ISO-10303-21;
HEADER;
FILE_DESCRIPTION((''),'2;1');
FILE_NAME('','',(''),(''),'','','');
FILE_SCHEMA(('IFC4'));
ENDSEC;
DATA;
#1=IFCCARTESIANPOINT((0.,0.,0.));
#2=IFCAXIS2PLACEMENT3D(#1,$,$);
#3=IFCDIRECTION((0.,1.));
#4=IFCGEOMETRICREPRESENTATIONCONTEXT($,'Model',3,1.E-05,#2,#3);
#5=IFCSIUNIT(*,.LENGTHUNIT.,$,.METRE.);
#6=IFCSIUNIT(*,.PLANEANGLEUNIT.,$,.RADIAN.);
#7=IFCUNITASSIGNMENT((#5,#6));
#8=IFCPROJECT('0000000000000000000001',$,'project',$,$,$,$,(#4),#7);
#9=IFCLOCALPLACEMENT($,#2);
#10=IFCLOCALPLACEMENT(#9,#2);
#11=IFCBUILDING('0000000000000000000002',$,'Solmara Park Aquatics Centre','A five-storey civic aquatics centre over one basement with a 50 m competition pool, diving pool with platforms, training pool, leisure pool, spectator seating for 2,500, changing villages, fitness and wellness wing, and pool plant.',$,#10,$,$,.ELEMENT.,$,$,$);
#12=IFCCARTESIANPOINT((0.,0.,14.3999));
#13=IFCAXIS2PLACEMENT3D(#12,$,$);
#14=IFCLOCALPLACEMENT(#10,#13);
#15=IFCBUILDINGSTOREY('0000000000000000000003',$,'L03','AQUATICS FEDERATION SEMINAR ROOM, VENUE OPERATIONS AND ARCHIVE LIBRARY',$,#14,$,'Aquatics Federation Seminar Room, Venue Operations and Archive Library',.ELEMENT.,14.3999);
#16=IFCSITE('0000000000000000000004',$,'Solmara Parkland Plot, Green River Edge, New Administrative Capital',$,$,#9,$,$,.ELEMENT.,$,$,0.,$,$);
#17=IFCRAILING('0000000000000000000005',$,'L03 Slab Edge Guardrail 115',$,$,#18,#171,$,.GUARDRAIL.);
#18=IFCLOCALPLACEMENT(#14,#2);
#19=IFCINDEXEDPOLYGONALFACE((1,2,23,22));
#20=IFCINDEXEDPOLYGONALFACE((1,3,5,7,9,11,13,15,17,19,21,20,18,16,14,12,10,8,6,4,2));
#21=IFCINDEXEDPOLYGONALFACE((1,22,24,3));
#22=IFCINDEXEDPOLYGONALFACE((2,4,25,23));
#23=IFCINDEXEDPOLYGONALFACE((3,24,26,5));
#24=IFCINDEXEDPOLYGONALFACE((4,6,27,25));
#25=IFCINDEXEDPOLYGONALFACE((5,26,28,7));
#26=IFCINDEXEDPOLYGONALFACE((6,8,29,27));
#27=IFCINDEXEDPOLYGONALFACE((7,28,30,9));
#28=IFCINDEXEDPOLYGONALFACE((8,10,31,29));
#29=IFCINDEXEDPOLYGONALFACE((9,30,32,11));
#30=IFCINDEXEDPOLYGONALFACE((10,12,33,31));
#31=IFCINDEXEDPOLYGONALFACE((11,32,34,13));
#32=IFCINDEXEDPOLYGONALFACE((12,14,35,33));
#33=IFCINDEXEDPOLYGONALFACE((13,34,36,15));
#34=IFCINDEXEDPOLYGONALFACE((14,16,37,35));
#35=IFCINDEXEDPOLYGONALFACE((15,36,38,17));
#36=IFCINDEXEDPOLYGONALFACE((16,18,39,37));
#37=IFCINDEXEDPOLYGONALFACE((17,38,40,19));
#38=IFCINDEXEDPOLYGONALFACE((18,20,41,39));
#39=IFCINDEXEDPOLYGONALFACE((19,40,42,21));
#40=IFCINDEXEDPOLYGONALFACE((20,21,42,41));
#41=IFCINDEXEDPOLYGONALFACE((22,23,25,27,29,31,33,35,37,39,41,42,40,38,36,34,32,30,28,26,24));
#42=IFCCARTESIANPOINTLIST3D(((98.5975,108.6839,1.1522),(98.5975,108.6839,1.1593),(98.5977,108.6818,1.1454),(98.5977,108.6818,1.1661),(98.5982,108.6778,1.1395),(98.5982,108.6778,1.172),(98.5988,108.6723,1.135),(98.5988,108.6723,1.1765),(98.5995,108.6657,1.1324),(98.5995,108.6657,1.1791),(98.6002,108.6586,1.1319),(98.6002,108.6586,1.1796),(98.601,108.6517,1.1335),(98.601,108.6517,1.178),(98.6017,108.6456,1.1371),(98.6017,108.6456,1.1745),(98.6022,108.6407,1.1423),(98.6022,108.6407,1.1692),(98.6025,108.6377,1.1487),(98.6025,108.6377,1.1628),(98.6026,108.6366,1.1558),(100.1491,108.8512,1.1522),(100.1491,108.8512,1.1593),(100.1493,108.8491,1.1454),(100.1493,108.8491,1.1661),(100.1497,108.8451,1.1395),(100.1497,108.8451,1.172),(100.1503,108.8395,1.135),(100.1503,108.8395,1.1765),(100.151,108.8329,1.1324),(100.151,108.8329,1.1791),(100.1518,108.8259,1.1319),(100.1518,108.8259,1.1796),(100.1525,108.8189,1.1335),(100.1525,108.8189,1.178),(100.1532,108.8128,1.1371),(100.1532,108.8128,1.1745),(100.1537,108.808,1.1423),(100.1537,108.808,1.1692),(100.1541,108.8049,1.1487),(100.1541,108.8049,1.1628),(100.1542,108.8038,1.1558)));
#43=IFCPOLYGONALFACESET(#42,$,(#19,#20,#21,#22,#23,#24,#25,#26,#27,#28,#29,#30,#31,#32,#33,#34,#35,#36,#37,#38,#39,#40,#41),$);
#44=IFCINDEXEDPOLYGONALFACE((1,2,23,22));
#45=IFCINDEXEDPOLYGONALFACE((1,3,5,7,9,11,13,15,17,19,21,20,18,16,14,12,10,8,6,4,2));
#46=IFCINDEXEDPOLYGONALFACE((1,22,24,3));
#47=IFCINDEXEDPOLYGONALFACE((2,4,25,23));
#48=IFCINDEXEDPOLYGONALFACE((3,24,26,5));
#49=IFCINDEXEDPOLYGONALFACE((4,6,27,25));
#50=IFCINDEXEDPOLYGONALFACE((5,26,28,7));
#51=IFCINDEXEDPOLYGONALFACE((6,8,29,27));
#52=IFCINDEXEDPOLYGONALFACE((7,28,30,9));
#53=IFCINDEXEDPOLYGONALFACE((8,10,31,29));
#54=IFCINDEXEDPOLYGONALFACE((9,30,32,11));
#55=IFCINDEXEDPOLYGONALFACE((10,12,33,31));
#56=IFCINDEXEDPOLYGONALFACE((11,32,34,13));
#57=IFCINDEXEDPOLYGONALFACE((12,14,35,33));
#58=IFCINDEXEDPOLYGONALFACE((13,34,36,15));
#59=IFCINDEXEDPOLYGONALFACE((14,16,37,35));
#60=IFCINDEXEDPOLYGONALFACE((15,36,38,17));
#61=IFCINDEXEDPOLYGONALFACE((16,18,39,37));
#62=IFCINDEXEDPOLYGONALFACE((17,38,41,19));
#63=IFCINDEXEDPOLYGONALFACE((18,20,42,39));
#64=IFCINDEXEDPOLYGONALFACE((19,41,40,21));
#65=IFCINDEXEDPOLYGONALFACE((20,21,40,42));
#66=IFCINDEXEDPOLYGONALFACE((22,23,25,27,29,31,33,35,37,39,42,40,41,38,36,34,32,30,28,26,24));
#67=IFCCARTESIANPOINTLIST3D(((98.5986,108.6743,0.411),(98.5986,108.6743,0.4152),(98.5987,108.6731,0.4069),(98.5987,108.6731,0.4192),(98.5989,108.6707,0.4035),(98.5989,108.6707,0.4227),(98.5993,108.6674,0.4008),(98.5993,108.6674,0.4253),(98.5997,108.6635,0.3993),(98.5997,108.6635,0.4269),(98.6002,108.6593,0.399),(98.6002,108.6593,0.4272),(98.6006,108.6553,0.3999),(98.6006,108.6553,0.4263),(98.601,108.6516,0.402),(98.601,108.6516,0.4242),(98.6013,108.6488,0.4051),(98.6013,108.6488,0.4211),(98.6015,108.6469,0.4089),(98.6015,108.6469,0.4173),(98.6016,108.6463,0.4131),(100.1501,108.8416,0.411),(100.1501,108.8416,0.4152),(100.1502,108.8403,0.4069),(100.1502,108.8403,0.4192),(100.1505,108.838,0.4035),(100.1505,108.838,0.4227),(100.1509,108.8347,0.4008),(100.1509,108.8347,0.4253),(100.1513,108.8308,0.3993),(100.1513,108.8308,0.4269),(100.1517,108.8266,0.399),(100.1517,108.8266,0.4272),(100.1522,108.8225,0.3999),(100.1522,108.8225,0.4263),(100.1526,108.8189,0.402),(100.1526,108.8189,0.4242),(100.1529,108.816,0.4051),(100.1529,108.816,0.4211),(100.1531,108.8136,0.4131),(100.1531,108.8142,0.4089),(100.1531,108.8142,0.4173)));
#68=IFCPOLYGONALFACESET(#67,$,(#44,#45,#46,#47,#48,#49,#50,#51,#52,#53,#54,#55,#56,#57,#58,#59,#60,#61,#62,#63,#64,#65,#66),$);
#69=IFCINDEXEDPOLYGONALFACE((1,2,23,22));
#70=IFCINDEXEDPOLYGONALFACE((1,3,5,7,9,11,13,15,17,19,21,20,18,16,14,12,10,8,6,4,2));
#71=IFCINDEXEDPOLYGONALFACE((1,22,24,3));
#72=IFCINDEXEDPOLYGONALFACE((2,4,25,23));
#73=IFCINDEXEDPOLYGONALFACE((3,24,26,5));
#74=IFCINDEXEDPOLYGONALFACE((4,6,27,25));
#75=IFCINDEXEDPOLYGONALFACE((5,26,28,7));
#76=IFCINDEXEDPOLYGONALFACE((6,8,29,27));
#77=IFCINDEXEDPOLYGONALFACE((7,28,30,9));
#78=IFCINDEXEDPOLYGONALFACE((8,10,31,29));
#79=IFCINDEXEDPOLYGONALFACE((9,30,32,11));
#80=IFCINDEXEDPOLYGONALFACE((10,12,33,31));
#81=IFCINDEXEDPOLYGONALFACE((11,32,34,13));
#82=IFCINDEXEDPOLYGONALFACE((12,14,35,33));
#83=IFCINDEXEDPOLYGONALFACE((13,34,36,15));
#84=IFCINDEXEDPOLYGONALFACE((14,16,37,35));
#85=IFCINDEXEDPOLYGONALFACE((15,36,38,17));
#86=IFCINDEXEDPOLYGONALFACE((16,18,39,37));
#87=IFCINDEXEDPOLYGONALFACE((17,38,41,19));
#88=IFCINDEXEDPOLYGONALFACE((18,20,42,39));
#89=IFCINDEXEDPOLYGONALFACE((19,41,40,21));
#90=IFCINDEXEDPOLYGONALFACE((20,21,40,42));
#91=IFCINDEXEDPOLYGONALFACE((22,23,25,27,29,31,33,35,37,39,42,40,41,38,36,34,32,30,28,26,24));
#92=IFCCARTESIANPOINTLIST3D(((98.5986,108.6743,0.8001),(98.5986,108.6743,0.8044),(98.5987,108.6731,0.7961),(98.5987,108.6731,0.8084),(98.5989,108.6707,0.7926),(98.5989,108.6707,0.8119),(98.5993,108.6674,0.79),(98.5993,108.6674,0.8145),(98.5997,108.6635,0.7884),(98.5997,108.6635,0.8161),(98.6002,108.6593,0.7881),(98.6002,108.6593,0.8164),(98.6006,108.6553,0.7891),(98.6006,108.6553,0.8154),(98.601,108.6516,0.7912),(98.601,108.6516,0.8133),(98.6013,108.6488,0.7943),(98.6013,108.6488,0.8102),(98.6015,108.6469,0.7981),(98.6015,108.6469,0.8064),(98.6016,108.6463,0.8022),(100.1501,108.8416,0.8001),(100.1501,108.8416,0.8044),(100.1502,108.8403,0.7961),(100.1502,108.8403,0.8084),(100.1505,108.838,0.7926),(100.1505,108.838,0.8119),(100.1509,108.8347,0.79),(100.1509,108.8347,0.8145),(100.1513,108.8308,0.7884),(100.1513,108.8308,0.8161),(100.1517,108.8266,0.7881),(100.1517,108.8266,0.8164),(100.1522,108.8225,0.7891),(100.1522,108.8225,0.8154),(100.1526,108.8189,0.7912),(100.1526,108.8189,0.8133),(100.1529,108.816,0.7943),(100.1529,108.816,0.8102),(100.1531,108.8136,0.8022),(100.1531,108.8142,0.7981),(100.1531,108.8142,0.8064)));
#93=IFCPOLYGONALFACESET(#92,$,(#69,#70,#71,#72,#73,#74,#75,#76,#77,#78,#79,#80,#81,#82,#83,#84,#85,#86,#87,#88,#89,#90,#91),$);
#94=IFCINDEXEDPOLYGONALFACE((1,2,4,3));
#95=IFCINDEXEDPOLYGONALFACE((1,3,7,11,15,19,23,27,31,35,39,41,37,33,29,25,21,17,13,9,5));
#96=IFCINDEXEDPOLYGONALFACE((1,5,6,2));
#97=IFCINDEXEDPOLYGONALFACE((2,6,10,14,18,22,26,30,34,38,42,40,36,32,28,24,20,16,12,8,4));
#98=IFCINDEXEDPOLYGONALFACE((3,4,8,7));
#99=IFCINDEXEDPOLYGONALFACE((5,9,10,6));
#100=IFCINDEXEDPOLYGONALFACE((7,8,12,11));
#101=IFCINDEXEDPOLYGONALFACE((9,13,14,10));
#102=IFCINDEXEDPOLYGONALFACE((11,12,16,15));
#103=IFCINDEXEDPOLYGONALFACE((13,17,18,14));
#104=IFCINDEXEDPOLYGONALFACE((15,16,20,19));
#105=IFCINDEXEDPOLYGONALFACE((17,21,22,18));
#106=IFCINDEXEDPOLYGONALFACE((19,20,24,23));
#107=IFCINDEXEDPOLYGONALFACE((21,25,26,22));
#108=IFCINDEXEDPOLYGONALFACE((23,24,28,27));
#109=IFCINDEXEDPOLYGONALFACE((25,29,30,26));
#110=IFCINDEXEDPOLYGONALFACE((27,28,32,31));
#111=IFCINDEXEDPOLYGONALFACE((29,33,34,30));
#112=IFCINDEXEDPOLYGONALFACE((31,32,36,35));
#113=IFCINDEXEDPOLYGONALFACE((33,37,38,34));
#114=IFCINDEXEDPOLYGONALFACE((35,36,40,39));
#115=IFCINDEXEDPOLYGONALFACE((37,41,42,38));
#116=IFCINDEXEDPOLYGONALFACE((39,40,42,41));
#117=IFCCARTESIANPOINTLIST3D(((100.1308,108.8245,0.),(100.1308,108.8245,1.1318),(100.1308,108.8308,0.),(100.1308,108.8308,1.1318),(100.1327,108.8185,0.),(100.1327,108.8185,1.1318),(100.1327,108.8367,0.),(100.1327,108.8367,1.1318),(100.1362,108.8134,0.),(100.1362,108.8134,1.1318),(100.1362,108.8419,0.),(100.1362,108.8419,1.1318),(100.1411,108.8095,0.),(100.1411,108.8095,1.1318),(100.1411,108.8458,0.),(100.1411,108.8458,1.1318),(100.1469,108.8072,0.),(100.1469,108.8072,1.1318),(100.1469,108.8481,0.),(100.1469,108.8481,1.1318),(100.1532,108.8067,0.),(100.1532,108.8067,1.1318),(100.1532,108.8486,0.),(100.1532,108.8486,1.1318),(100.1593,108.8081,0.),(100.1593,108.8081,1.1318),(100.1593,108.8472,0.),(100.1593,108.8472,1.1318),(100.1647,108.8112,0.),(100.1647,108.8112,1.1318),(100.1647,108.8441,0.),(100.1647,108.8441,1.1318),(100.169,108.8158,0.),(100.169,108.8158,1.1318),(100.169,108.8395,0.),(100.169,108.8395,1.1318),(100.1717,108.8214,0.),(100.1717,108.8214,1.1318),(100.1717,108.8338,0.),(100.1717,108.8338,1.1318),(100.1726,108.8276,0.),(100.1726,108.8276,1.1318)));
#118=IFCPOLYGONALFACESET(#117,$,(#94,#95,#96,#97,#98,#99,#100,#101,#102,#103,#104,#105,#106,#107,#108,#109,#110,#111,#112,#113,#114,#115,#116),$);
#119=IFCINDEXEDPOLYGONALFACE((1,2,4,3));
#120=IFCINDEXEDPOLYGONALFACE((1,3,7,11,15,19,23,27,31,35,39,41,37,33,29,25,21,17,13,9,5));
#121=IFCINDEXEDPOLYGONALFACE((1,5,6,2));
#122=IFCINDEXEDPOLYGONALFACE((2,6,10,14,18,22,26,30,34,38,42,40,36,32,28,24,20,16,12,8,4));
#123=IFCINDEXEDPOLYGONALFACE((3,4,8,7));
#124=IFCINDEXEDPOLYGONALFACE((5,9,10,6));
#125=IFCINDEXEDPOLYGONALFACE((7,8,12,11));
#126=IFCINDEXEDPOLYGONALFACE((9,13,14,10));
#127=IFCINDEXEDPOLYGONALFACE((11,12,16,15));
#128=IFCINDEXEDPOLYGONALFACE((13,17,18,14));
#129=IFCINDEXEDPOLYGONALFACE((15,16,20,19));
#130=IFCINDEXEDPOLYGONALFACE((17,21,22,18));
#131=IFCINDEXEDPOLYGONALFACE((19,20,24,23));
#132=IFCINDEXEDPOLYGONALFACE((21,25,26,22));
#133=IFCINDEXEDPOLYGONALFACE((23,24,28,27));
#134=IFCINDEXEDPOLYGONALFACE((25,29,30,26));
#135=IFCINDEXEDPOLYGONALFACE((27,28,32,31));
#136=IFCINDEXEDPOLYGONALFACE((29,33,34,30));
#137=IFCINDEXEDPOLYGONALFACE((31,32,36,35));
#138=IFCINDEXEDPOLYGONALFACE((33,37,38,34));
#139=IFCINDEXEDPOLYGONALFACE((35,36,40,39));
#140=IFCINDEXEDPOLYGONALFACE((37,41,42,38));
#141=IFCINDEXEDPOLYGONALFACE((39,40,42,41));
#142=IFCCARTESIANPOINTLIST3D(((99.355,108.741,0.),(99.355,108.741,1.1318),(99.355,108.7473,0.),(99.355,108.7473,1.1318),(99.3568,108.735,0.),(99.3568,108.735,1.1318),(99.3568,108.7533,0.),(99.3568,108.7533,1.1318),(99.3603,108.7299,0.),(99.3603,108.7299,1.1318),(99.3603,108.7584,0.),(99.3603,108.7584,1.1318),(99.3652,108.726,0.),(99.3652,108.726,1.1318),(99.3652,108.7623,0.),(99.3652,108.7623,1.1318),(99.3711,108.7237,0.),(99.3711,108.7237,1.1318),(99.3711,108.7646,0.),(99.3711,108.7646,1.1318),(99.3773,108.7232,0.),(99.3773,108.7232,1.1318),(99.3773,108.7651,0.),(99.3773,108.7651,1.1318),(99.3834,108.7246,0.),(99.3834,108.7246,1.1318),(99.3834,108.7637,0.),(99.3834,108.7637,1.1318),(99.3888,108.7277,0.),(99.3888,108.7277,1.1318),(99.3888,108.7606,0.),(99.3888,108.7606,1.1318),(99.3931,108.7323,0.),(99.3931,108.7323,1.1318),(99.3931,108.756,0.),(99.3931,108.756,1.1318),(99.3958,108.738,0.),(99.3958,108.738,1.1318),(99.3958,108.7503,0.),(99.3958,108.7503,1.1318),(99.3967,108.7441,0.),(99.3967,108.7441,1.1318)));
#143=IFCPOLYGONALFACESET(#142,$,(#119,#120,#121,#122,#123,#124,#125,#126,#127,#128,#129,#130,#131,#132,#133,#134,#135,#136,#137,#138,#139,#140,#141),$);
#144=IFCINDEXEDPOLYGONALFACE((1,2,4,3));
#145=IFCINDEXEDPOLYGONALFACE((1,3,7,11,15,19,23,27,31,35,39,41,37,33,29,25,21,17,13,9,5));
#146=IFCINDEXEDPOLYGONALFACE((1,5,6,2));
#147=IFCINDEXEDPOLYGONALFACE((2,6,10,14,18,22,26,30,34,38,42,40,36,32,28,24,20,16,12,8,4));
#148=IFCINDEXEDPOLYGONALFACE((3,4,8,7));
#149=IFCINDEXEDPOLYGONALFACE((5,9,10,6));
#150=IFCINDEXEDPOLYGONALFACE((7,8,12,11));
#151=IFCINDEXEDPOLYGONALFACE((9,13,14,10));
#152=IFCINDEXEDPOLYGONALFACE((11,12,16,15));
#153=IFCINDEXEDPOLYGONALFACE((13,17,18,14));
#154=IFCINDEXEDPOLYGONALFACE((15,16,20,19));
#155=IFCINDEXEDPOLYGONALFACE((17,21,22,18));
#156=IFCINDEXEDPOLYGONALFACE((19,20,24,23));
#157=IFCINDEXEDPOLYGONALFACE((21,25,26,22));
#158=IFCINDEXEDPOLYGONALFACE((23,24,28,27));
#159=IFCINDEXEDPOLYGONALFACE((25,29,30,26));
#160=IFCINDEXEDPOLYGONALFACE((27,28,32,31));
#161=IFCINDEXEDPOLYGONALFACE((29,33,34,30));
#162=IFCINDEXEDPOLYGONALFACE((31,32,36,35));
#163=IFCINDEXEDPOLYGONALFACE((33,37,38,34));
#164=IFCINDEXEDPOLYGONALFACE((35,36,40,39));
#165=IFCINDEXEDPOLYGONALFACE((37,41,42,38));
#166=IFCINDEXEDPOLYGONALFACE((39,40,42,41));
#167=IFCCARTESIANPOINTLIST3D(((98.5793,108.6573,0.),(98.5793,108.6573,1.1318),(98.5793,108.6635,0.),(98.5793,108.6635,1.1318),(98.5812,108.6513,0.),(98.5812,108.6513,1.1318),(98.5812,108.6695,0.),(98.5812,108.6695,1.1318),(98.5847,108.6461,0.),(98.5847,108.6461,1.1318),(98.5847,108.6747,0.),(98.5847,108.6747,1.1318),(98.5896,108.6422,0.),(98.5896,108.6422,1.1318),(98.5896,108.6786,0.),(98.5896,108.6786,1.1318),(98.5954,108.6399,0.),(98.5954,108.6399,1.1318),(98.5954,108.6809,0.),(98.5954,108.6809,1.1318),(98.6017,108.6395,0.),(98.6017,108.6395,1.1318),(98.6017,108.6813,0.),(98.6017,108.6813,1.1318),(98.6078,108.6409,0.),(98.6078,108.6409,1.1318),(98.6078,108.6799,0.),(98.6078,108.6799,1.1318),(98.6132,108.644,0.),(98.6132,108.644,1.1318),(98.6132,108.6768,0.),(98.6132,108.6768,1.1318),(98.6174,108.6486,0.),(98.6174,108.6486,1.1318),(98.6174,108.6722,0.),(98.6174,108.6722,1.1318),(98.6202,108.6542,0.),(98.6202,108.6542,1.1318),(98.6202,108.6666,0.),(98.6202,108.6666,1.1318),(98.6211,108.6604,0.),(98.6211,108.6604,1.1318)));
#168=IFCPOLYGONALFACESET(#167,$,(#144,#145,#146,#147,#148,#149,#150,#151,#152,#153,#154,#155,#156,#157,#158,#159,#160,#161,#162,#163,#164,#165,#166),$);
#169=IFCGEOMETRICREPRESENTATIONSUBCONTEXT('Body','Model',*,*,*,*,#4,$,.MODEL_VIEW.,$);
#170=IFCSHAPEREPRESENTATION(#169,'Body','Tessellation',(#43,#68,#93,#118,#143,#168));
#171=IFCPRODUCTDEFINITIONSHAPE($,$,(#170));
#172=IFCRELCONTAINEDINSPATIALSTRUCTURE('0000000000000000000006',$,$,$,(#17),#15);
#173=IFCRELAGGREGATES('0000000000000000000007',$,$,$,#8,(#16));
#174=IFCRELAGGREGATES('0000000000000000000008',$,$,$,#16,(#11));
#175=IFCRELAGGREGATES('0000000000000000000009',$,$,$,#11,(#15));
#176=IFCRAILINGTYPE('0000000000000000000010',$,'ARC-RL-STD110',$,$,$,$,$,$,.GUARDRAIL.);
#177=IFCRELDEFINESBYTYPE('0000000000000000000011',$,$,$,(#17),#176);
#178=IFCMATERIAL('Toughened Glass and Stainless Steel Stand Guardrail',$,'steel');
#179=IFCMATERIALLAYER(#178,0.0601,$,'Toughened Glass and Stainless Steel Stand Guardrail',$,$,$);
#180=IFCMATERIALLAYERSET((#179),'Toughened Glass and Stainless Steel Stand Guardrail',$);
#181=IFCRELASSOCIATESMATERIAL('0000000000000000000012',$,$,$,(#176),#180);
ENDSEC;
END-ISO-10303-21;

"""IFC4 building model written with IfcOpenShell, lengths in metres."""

from ifc_helpers import new_model, si_unit, direction, frame, origin, origin_2d, place, context, subcontext, project, spatial, circle, extrude, material, layer, layer_set, type_object, element, save


model = new_model("IFC4")

# Units and contexts
model_context = context("Model", 3, precision=1e-05, world=origin(), true_north=direction((0.0, 1.0)))
body_context = subcontext(model_context, "Body", "Model", "MODEL_VIEW")
ifc_project = project(units=[si_unit("LENGTHUNIT", "METRE"), si_unit("PLANEANGLEUNIT", "RADIAN")], contexts=[model_context])

# Site, building, storey
site_placement = place(None, origin())
site = spatial("IfcSite", under=ifc_project, at=site_placement, Name="Solmara Parkland Plot, Green River Edge, New Administrative Capital", CompositionType="ELEMENT", RefElevation=0.0)
building_placement = place(site_placement, origin())
building = spatial("IfcBuilding", under=site, at=building_placement, Name="Solmara Park Aquatics Centre", Description="A five-storey civic aquatics centre over one basement with a 50 m competition pool, diving pool with platforms, training pool, leisure pool, spectator seating for 2,500, changing villages, fitness and wellness wing, and pool plant.", CompositionType="ELEMENT")
storey_placement = place(building_placement, frame((0.0, 0.0, 14.3999)))
storey = spatial("IfcBuildingStorey", under=building, at=storey_placement, Name="L03", Description="AQUATICS FEDERATION SEMINAR ROOM, VENUE OPERATIONS AND ARCHIVE LIBRARY", LongName="Aquatics Federation Seminar Room, Venue Operations and Archive Library", CompositionType="ELEMENT", Elevation=14.3999)

# Railing
ifc_material_1 = material(Name="Toughened Glass and Stainless Steel Stand Guardrail", Category="steel")
ifc_layer_1 = layer(ifc_material_1, 0.0601, Name="Toughened Glass and Stainless Steel Stand Guardrail")
ifc_layer_set_1 = layer_set([ifc_layer_1], Name="Toughened Glass and Stainless Steel Stand Guardrail")
railing_type_1 = type_object("IfcRailingType", Name="ARC-RL-STD110", PredefinedType="GUARDRAIL", material=ifc_layer_set_1)
railing_1_placement = place(storey_placement, frame((100.1516, 108.8276, 0.0)))
element("IfcRailing", 1, at=railing_1_placement, inside=storey, type_object=railing_type_1, Name="L03 Slab Edge Guardrail 115", PredefinedType="GUARDRAIL", context=body_context, shape_type="SweptSolid", body=[
    extrude(circle(Radius=0.0239, at=origin_2d()), frame((0.0, 0.0, 1.1558), z_axis=(-0.994241, -0.107168, 0.0), x_axis=(0.107168, -0.994241, 0.0)), (0.0, 0.0, 1.0), 1.5605),
    extrude(circle(Radius=0.0142, at=origin_2d()), frame((0.0, 0.0, 0.4131), z_axis=(-0.994241, -0.107168, 0.0), x_axis=(0.107168, -0.994241, 0.0)), (0.0, 0.0, 1.0), 1.5605),
    extrude(circle(Radius=0.0142, at=origin_2d()), frame((0.0, 0.0, 0.8022), z_axis=(-0.994241, -0.107168, 0.0), x_axis=(0.107168, -0.994241, 0.0)), (0.0, 0.0, 1.0), 1.5605),
    extrude(circle(Radius=0.021, at=origin_2d()), origin(), (0.0, 0.0, 1.0), 1.1318),
    extrude(circle(Radius=0.021, at=origin_2d()), frame((-0.7759, -0.0835, 0.0)), (0.0, 0.0, 1.0), 1.1318),
    extrude(circle(Radius=0.021, at=origin_2d()), frame((-1.5515, -0.1672, 0.0)), (0.0, 0.0, 1.0), 1.1318),
])

save(model, "model.ifc")
